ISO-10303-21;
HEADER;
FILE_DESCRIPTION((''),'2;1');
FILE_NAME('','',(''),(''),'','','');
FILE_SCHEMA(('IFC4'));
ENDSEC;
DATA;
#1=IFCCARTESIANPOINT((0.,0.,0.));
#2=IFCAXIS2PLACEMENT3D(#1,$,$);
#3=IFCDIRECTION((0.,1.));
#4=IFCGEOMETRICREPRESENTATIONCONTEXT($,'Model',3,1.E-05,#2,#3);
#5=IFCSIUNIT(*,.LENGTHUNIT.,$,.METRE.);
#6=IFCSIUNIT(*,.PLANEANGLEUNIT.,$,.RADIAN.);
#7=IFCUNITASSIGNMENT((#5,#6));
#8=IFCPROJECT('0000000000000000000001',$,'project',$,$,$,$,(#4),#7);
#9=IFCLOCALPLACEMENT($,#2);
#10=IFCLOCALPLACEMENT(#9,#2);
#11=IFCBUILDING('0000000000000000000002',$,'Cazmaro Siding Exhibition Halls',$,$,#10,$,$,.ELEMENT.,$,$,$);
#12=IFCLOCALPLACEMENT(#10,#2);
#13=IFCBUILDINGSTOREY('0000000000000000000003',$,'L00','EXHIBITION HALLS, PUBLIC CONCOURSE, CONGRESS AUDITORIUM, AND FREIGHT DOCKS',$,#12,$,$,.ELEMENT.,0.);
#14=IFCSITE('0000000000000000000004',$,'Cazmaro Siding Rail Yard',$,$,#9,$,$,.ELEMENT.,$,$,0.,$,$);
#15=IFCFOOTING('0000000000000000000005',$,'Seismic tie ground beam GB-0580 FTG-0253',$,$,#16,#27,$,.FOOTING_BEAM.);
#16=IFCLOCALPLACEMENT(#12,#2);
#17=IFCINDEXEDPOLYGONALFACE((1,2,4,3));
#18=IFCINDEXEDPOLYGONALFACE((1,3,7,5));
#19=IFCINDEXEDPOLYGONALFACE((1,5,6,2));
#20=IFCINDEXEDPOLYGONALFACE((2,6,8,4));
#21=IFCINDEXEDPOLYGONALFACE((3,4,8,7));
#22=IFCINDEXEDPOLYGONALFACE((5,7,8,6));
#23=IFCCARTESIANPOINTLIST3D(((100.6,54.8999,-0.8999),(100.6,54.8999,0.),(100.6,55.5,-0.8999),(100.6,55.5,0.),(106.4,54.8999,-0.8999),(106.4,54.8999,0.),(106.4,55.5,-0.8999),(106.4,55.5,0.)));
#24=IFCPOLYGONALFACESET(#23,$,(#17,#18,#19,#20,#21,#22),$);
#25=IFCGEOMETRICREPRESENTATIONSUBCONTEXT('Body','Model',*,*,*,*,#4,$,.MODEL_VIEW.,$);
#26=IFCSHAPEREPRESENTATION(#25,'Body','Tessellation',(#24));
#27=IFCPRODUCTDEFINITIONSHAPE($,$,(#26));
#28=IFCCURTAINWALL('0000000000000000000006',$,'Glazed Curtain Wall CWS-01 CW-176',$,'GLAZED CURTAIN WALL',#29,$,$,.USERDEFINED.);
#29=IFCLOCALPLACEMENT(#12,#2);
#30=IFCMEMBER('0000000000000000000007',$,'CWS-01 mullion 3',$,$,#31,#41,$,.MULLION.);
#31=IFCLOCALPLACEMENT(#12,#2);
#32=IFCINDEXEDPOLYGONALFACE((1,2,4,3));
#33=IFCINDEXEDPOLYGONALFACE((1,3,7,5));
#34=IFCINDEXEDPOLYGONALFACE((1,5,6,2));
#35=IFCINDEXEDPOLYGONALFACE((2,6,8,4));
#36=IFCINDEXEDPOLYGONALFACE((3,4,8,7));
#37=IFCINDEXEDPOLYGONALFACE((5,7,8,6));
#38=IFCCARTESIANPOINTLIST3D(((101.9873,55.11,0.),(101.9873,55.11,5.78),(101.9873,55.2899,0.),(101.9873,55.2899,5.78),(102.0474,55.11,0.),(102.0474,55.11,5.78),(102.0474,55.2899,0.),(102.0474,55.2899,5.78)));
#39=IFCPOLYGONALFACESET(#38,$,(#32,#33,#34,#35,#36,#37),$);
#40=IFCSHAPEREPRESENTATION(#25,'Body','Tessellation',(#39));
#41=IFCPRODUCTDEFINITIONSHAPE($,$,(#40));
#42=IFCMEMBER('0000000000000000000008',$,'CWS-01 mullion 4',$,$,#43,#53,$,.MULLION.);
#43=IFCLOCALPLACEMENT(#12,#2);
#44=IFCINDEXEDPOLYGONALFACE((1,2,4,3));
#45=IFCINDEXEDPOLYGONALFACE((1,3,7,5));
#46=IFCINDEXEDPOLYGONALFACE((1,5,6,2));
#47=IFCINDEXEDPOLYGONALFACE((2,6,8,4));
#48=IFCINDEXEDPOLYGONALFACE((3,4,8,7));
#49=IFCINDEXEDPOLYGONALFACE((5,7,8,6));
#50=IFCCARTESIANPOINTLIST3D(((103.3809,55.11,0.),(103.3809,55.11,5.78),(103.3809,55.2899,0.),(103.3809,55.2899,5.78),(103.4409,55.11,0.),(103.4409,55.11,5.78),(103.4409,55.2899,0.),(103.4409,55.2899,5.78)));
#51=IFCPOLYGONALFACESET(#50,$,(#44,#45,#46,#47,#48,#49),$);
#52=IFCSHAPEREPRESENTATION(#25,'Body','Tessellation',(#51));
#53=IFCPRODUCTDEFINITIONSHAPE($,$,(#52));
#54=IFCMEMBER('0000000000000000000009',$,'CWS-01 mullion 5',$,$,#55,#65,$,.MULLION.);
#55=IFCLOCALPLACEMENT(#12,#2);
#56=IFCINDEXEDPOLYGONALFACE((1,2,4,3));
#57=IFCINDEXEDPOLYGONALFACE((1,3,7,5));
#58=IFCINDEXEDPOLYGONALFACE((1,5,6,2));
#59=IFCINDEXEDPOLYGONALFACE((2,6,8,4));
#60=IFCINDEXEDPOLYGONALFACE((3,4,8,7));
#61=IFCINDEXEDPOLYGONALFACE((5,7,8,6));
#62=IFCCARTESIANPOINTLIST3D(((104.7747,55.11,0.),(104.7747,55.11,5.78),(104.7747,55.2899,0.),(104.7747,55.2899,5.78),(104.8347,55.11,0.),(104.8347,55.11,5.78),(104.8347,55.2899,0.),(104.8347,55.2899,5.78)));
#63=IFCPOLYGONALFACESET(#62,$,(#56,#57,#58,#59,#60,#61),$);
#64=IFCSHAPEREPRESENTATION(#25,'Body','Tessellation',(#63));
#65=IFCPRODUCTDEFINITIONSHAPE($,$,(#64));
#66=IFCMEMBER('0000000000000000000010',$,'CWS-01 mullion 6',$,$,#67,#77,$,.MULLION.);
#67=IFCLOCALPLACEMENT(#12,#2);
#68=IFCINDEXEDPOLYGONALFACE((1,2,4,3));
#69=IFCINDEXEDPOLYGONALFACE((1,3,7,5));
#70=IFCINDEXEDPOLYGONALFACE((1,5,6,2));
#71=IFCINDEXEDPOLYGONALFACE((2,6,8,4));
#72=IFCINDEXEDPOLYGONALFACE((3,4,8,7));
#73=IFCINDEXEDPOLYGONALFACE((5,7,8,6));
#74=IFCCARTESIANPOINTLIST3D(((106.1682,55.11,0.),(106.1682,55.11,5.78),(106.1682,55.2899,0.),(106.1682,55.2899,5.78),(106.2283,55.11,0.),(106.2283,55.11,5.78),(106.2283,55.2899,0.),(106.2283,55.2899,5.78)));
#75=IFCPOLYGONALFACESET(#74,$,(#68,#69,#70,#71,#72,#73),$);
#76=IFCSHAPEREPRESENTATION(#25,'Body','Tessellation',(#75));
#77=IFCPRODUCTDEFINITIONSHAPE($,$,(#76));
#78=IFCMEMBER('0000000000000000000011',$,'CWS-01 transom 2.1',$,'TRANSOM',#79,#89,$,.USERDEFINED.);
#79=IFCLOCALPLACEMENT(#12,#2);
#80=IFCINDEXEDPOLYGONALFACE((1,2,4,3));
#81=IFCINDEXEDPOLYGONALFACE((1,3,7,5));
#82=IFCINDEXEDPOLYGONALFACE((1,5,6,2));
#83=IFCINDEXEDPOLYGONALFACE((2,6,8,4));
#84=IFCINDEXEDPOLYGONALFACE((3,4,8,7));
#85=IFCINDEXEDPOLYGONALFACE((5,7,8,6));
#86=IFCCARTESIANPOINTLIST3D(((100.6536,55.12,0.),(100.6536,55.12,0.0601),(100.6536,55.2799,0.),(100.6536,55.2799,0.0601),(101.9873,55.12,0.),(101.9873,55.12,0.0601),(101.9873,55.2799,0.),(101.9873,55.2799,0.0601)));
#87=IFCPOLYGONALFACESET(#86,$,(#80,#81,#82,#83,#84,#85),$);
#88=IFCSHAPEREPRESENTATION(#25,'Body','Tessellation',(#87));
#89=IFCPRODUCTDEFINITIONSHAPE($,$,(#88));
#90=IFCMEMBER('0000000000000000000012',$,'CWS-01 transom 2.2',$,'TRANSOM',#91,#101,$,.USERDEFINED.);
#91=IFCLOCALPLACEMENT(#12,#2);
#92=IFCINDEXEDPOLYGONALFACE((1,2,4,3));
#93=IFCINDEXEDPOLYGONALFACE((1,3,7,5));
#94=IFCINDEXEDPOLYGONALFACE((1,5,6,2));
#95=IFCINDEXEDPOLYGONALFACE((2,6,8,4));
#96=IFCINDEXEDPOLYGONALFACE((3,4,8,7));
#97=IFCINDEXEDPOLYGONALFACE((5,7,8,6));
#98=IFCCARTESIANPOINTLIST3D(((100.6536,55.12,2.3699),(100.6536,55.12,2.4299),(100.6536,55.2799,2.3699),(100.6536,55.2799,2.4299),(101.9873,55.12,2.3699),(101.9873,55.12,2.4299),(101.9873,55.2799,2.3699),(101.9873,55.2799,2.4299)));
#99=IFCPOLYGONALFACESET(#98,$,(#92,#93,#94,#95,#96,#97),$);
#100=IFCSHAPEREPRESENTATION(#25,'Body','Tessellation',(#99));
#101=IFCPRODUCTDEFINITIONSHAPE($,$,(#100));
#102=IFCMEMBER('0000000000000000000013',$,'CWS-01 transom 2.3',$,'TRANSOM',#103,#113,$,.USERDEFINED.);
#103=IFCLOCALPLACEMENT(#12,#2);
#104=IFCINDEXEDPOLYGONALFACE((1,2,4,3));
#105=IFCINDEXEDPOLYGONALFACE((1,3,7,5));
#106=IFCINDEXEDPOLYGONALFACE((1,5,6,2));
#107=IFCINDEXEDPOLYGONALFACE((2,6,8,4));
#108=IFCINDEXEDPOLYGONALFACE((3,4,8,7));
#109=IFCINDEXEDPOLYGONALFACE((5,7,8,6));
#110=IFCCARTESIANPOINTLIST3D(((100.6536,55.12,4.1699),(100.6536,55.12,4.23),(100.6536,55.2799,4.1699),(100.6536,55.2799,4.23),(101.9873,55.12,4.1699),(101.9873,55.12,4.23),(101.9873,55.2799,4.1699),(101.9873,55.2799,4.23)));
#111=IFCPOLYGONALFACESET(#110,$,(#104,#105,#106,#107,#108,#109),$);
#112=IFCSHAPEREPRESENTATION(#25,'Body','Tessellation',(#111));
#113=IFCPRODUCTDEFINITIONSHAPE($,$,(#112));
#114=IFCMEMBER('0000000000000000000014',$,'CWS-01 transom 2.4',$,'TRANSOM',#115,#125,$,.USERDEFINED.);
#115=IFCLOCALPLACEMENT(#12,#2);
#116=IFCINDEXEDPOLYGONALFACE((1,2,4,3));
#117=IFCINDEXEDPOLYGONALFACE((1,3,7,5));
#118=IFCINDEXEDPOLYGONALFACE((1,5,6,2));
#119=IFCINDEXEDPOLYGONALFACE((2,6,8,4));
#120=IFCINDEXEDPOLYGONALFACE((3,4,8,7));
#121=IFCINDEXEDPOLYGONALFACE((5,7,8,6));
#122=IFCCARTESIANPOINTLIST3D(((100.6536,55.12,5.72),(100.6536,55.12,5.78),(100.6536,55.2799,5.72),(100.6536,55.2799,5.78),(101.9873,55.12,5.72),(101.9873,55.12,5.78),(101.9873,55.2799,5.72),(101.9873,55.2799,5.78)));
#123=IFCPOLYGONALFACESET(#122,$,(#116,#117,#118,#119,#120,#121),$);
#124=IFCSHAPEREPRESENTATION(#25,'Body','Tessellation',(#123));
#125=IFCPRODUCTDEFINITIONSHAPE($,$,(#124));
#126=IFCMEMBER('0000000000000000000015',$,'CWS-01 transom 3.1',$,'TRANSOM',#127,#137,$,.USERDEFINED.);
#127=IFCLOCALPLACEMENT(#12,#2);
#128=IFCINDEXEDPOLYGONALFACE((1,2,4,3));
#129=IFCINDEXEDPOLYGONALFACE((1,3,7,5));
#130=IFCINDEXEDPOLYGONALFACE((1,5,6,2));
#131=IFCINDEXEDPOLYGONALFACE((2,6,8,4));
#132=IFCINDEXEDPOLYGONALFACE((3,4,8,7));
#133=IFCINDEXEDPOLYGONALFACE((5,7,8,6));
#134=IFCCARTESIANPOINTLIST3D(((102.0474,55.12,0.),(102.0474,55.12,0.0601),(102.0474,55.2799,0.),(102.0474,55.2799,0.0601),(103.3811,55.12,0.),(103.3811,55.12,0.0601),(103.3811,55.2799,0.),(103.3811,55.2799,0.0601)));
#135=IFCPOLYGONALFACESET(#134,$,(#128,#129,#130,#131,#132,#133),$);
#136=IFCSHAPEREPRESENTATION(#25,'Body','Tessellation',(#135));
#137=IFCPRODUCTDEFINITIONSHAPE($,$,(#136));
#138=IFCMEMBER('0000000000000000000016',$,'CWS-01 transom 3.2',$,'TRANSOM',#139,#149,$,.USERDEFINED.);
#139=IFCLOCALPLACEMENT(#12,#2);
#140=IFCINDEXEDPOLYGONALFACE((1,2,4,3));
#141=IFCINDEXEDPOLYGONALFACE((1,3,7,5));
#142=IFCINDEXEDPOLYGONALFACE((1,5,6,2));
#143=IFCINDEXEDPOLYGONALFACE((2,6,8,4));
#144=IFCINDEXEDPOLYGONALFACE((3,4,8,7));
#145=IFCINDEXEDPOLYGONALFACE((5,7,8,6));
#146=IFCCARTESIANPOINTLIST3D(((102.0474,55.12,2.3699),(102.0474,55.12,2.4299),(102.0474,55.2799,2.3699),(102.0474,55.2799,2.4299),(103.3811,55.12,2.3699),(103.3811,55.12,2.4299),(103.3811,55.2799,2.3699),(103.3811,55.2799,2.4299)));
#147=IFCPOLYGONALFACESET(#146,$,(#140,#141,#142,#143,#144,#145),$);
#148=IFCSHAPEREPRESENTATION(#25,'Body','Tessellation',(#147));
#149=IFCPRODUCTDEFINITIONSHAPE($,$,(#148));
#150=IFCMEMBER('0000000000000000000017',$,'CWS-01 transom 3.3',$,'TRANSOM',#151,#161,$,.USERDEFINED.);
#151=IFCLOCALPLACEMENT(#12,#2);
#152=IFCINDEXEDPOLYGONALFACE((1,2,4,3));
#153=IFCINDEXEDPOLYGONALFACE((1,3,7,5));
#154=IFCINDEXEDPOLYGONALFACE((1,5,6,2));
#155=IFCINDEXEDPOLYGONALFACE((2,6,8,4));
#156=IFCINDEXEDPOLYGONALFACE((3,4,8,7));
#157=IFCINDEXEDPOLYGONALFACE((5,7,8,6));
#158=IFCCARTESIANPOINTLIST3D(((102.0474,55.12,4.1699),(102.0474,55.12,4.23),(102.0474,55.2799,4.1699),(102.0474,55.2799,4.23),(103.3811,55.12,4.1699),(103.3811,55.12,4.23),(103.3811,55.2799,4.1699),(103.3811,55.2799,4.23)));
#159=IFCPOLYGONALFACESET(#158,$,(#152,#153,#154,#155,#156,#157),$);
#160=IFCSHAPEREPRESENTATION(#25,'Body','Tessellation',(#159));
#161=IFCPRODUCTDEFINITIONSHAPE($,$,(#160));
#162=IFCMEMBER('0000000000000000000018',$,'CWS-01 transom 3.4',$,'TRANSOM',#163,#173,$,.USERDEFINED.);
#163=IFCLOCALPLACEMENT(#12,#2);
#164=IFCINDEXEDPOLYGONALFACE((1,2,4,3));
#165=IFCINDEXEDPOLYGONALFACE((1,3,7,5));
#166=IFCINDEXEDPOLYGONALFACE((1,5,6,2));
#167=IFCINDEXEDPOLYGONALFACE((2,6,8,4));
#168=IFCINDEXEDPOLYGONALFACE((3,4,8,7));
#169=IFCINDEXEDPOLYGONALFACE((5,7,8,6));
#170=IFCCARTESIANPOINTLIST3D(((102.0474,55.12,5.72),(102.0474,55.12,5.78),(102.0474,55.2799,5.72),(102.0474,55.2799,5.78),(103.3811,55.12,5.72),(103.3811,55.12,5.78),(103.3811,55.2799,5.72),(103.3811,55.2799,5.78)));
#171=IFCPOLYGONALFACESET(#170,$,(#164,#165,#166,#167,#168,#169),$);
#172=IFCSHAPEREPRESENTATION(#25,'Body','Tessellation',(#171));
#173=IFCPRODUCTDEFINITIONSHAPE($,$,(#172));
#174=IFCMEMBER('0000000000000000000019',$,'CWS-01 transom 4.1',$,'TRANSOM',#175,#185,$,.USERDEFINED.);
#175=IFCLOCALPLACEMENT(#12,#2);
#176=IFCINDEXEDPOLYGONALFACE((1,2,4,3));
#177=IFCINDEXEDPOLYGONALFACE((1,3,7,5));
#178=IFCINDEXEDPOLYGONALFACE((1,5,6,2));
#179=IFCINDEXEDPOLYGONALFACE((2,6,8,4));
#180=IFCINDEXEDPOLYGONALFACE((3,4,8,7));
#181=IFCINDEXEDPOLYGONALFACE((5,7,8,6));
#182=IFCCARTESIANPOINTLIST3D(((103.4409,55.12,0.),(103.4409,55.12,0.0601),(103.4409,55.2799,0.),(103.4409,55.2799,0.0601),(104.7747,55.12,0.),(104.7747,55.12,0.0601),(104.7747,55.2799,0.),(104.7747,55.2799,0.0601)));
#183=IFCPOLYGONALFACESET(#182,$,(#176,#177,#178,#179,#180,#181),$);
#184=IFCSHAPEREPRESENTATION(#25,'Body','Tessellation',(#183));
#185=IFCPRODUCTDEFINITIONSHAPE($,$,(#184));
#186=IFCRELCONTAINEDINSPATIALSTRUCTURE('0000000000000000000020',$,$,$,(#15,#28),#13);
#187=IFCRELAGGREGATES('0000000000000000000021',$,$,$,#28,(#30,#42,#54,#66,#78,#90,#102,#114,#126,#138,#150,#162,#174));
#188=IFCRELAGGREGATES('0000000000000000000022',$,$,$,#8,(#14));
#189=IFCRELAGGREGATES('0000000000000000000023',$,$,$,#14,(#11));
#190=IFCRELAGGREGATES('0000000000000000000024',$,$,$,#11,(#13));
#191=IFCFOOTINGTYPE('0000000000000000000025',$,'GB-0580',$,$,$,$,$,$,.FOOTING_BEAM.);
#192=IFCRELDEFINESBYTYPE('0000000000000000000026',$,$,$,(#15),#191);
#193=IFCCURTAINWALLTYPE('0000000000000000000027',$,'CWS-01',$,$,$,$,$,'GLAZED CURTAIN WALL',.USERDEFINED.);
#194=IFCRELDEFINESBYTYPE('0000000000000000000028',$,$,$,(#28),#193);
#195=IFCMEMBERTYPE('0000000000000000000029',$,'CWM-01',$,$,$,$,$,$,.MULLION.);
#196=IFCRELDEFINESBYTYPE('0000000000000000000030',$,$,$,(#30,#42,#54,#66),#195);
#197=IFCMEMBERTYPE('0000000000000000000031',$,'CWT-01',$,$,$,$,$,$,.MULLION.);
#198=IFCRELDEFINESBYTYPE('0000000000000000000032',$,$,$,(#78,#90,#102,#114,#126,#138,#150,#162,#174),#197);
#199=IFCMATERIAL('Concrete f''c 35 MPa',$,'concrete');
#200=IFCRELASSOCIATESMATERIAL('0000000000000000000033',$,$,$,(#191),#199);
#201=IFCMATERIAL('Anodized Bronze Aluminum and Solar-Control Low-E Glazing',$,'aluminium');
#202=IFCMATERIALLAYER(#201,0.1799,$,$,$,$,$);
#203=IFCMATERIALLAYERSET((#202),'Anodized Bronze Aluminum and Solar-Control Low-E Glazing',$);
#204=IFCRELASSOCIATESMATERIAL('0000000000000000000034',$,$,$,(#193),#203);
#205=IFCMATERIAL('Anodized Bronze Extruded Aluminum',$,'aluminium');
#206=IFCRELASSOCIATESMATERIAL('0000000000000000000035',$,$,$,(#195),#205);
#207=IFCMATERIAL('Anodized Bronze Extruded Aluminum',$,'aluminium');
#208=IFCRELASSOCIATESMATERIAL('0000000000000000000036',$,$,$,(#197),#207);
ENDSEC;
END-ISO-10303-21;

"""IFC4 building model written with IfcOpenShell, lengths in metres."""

from ifc_helpers import new_model, si_unit, direction, frame, origin, origin_2d, place, context, subcontext, project, spatial, rectangle, extrude, material, layer, layer_set, material_profile, profile_set, type_object, element, aggregate, save


model = new_model("IFC4")

# Units and contexts
model_context = context("Model", 3, precision=1e-05, world=origin(), true_north=direction((0.0, 1.0)))
body_context = subcontext(model_context, "Body", "Model", "MODEL_VIEW")
ifc_project = project(units=[si_unit("LENGTHUNIT", "METRE"), si_unit("PLANEANGLEUNIT", "RADIAN")], contexts=[model_context])

# Site, building, storey
site_placement = place(None, origin())
site = spatial("IfcSite", under=ifc_project, at=site_placement, Name="Cazmaro Siding Rail Yard", CompositionType="ELEMENT", RefElevation=0.0)
building_placement = place(site_placement, origin())
building = spatial("IfcBuilding", under=site, at=building_placement, Name="Cazmaro Siding Exhibition Halls", CompositionType="ELEMENT")
storey_placement = place(building_placement, origin())
storey = spatial("IfcBuildingStorey", under=building, at=storey_placement, Name="L00", Description="EXHIBITION HALLS, PUBLIC CONCOURSE, CONGRESS AUDITORIUM, AND FREIGHT DOCKS", CompositionType="ELEMENT", Elevation=0.0)

# Footing
ifc_material_1 = material(Name="Concrete f'c 35 MPa", Category="concrete")
footing_type = type_object("IfcFootingType", Name="GB-0580", PredefinedType="FOOTING_BEAM", material=ifc_material_1)
footing_placement = place(storey_placement, frame((103.5, 55.2, -0.8999), z_axis=(0.0, 0.0, 1.0), x_axis=(1.0, 0.0, 0.0)))
element("IfcFooting", 1, at=footing_placement, inside=storey, type_object=footing_type, Name="Seismic tie ground beam GB-0580 FTG-0253", PredefinedType="FOOTING_BEAM", context=body_context, shape_type="SweptSolid", body=[
    extrude(rectangle(XDim=5.8, YDim=0.6001, at=origin_2d()), origin(), (0.0, 0.0, 1.0), 0.8999),
])

# Curtain wall, members
ifc_material_2 = material(Name="Anodized Bronze Aluminum and Solar-Control Low-E Glazing", Category="aluminium")
ifc_layer_1 = layer(ifc_material_2, 0.1799)
ifc_layer_set_1 = layer_set([ifc_layer_1], Name="Anodized Bronze Aluminum and Solar-Control Low-E Glazing")
curtain_wall_type = type_object("IfcCurtainWallType", Name="CWS-01", ElementType="GLAZED CURTAIN WALL", PredefinedType="USERDEFINED", material=ifc_layer_set_1)
curtain_wall_placement = place(storey_placement, origin())
curtain_wall = element("IfcCurtainWall", 2, at=curtain_wall_placement, inside=storey, type_object=curtain_wall_type, Name="Glazed Curtain Wall CWS-01 CW-176", ObjectType="GLAZED CURTAIN WALL", PredefinedType="USERDEFINED")
ifc_material_3 = material(Name="Anodized Bronze Extruded Aluminum", Category="aluminium")
ifc_material_profile_1 = material_profile(ifc_material_3, rectangle(XDim=0.1799, YDim=0.0601, at=origin_2d()), Name="CWM-01")
ifc_profile_set_1 = profile_set([ifc_material_profile_1], Name="Anodized Bronze Extruded Aluminum")
member_type_1 = type_object("IfcMemberType", Name="CWM-01", PredefinedType="MULLION", material=ifc_profile_set_1)
member_1_placement = place(storey_placement, frame((102.0173, 55.2, 0.0), z_axis=(0.0, 0.0, 1.0), x_axis=(0.0, 1.0, 0.0)))
member_1 = element("IfcMember", 3, at=member_1_placement, type_object=member_type_1, Name="CWS-01 mullion 3", PredefinedType="MULLION", context=body_context, shape_type="SweptSolid", body=[
    extrude(rectangle(XDim=0.1799, YDim=0.0601, at=origin_2d()), origin(), (0.0, 0.0, 1.0), 5.78),
])
member_2_placement = place(storey_placement, frame((103.4109, 55.2, 0.0), z_axis=(0.0, 0.0, 1.0), x_axis=(0.0, 1.0, 0.0)))
member_2 = element("IfcMember", 4, at=member_2_placement, type_object=member_type_1, Name="CWS-01 mullion 4", PredefinedType="MULLION", context=body_context, shape_type="SweptSolid", body=[
    extrude(rectangle(XDim=0.1799, YDim=0.0601, at=origin_2d()), origin(), (0.0, 0.0, 1.0), 5.78),
])
member_3_placement = place(storey_placement, frame((104.8047, 55.2, 0.0), z_axis=(0.0, 0.0, 1.0), x_axis=(0.0, 1.0, 0.0)))
member_3 = element("IfcMember", 5, at=member_3_placement, type_object=member_type_1, Name="CWS-01 mullion 5", PredefinedType="MULLION", context=body_context, shape_type="SweptSolid", body=[
    extrude(rectangle(XDim=0.1799, YDim=0.0601, at=origin_2d()), origin(), (0.0, 0.0, 1.0), 5.78),
])
member_4_placement = place(storey_placement, frame((106.1982, 55.2, 0.0), z_axis=(0.0, 0.0, 1.0), x_axis=(0.0, 1.0, 0.0)))
member_4 = element("IfcMember", 6, at=member_4_placement, type_object=member_type_1, Name="CWS-01 mullion 6", PredefinedType="MULLION", context=body_context, shape_type="SweptSolid", body=[
    extrude(rectangle(XDim=0.1799, YDim=0.0601, at=origin_2d()), origin(), (0.0, 0.0, 1.0), 5.78),
])
ifc_material_4 = material(Name="Anodized Bronze Extruded Aluminum", Category="aluminium")
ifc_material_profile_2 = material_profile(ifc_material_4, rectangle(XDim=0.1599, YDim=0.0601, at=origin_2d()), Name="CWT-01")
ifc_profile_set_2 = profile_set([ifc_material_profile_2], Name="Anodized Bronze Extruded Aluminum")
member_type_2 = type_object("IfcMemberType", Name="CWT-01", PredefinedType="MULLION", material=ifc_profile_set_2)
member_5_placement = place(storey_placement, frame((100.6536, 55.2, 0.03), z_axis=(1.0, 0.0, 0.0), x_axis=(0.0, 1.0, 0.0)))
member_5 = element("IfcMember", 7, at=member_5_placement, type_object=member_type_2, Name="CWS-01 transom 2.1", ObjectType="TRANSOM", PredefinedType="USERDEFINED", context=body_context, shape_type="SweptSolid", body=[
    extrude(rectangle(XDim=0.1599, YDim=0.0601, at=origin_2d()), origin(), (0.0, 0.0, 1.0), 1.3337),
])
member_6_placement = place(storey_placement, frame((100.6536, 55.2, 2.3999), z_axis=(1.0, 0.0, 0.0), x_axis=(0.0, 1.0, 0.0)))
member_6 = element("IfcMember", 8, at=member_6_placement, type_object=member_type_2, Name="CWS-01 transom 2.2", ObjectType="TRANSOM", PredefinedType="USERDEFINED", context=body_context, shape_type="SweptSolid", body=[
    extrude(rectangle(XDim=0.1599, YDim=0.0601, at=origin_2d()), origin(), (0.0, 0.0, 1.0), 1.3337),
])
member_7_placement = place(storey_placement, frame((100.6536, 55.2, 4.2), z_axis=(1.0, 0.0, 0.0), x_axis=(0.0, 1.0, 0.0)))
member_7 = element("IfcMember", 9, at=member_7_placement, type_object=member_type_2, Name="CWS-01 transom 2.3", ObjectType="TRANSOM", PredefinedType="USERDEFINED", context=body_context, shape_type="SweptSolid", body=[
    extrude(rectangle(XDim=0.1599, YDim=0.0601, at=origin_2d()), origin(), (0.0, 0.0, 1.0), 1.3337),
])
member_8_placement = place(storey_placement, frame((100.6536, 55.2, 5.75), z_axis=(1.0, 0.0, 0.0), x_axis=(0.0, 1.0, 0.0)))
member_8 = element("IfcMember", 10, at=member_8_placement, type_object=member_type_2, Name="CWS-01 transom 2.4", ObjectType="TRANSOM", PredefinedType="USERDEFINED", context=body_context, shape_type="SweptSolid", body=[
    extrude(rectangle(XDim=0.1599, YDim=0.0601, at=origin_2d()), origin(), (0.0, 0.0, 1.0), 1.3337),
])
member_9_placement = place(storey_placement, frame((102.0474, 55.2, 0.03), z_axis=(1.0, 0.0, 0.0), x_axis=(0.0, 1.0, 0.0)))
member_9 = element("IfcMember", 11, at=member_9_placement, type_object=member_type_2, Name="CWS-01 transom 3.1", ObjectType="TRANSOM", PredefinedType="USERDEFINED", context=body_context, shape_type="SweptSolid", body=[
    extrude(rectangle(XDim=0.1599, YDim=0.0601, at=origin_2d()), origin(), (0.0, 0.0, 1.0), 1.3337),
])
member_10_placement = place(storey_placement, frame((102.0474, 55.2, 2.3999), z_axis=(1.0, 0.0, 0.0), x_axis=(0.0, 1.0, 0.0)))
member_10 = element("IfcMember", 12, at=member_10_placement, type_object=member_type_2, Name="CWS-01 transom 3.2", ObjectType="TRANSOM", PredefinedType="USERDEFINED", context=body_context, shape_type="SweptSolid", body=[
    extrude(rectangle(XDim=0.1599, YDim=0.0601, at=origin_2d()), origin(), (0.0, 0.0, 1.0), 1.3337),
])
member_11_placement = place(storey_placement, frame((102.0474, 55.2, 4.2), z_axis=(1.0, 0.0, 0.0), x_axis=(0.0, 1.0, 0.0)))
member_11 = element("IfcMember", 13, at=member_11_placement, type_object=member_type_2, Name="CWS-01 transom 3.3", ObjectType="TRANSOM", PredefinedType="USERDEFINED", context=body_context, shape_type="SweptSolid", body=[
    extrude(rectangle(XDim=0.1599, YDim=0.0601, at=origin_2d()), origin(), (0.0, 0.0, 1.0), 1.3337),
])
member_12_placement = place(storey_placement, frame((102.0474, 55.2, 5.75), z_axis=(1.0, 0.0, 0.0), x_axis=(0.0, 1.0, 0.0)))
member_12 = element("IfcMember", 14, at=member_12_placement, type_object=member_type_2, Name="CWS-01 transom 3.4", ObjectType="TRANSOM", PredefinedType="USERDEFINED", context=body_context, shape_type="SweptSolid", body=[
    extrude(rectangle(XDim=0.1599, YDim=0.0601, at=origin_2d()), origin(), (0.0, 0.0, 1.0), 1.3337),
])
member_13_placement = place(storey_placement, frame((103.4409, 55.2, 0.03), z_axis=(1.0, 0.0, 0.0), x_axis=(0.0, 1.0, 0.0)))
member_13 = element("IfcMember", 15, at=member_13_placement, type_object=member_type_2, Name="CWS-01 transom 4.1", ObjectType="TRANSOM", PredefinedType="USERDEFINED", context=body_context, shape_type="SweptSolid", body=[
    extrude(rectangle(XDim=0.1599, YDim=0.0601, at=origin_2d()), origin(), (0.0, 0.0, 1.0), 1.3337),
])
aggregate(curtain_wall, [member_1, member_2, member_3, member_4, member_5, member_6, member_7, member_8, member_9, member_10, member_11, member_12, member_13])

save(model, "model.ifc")
